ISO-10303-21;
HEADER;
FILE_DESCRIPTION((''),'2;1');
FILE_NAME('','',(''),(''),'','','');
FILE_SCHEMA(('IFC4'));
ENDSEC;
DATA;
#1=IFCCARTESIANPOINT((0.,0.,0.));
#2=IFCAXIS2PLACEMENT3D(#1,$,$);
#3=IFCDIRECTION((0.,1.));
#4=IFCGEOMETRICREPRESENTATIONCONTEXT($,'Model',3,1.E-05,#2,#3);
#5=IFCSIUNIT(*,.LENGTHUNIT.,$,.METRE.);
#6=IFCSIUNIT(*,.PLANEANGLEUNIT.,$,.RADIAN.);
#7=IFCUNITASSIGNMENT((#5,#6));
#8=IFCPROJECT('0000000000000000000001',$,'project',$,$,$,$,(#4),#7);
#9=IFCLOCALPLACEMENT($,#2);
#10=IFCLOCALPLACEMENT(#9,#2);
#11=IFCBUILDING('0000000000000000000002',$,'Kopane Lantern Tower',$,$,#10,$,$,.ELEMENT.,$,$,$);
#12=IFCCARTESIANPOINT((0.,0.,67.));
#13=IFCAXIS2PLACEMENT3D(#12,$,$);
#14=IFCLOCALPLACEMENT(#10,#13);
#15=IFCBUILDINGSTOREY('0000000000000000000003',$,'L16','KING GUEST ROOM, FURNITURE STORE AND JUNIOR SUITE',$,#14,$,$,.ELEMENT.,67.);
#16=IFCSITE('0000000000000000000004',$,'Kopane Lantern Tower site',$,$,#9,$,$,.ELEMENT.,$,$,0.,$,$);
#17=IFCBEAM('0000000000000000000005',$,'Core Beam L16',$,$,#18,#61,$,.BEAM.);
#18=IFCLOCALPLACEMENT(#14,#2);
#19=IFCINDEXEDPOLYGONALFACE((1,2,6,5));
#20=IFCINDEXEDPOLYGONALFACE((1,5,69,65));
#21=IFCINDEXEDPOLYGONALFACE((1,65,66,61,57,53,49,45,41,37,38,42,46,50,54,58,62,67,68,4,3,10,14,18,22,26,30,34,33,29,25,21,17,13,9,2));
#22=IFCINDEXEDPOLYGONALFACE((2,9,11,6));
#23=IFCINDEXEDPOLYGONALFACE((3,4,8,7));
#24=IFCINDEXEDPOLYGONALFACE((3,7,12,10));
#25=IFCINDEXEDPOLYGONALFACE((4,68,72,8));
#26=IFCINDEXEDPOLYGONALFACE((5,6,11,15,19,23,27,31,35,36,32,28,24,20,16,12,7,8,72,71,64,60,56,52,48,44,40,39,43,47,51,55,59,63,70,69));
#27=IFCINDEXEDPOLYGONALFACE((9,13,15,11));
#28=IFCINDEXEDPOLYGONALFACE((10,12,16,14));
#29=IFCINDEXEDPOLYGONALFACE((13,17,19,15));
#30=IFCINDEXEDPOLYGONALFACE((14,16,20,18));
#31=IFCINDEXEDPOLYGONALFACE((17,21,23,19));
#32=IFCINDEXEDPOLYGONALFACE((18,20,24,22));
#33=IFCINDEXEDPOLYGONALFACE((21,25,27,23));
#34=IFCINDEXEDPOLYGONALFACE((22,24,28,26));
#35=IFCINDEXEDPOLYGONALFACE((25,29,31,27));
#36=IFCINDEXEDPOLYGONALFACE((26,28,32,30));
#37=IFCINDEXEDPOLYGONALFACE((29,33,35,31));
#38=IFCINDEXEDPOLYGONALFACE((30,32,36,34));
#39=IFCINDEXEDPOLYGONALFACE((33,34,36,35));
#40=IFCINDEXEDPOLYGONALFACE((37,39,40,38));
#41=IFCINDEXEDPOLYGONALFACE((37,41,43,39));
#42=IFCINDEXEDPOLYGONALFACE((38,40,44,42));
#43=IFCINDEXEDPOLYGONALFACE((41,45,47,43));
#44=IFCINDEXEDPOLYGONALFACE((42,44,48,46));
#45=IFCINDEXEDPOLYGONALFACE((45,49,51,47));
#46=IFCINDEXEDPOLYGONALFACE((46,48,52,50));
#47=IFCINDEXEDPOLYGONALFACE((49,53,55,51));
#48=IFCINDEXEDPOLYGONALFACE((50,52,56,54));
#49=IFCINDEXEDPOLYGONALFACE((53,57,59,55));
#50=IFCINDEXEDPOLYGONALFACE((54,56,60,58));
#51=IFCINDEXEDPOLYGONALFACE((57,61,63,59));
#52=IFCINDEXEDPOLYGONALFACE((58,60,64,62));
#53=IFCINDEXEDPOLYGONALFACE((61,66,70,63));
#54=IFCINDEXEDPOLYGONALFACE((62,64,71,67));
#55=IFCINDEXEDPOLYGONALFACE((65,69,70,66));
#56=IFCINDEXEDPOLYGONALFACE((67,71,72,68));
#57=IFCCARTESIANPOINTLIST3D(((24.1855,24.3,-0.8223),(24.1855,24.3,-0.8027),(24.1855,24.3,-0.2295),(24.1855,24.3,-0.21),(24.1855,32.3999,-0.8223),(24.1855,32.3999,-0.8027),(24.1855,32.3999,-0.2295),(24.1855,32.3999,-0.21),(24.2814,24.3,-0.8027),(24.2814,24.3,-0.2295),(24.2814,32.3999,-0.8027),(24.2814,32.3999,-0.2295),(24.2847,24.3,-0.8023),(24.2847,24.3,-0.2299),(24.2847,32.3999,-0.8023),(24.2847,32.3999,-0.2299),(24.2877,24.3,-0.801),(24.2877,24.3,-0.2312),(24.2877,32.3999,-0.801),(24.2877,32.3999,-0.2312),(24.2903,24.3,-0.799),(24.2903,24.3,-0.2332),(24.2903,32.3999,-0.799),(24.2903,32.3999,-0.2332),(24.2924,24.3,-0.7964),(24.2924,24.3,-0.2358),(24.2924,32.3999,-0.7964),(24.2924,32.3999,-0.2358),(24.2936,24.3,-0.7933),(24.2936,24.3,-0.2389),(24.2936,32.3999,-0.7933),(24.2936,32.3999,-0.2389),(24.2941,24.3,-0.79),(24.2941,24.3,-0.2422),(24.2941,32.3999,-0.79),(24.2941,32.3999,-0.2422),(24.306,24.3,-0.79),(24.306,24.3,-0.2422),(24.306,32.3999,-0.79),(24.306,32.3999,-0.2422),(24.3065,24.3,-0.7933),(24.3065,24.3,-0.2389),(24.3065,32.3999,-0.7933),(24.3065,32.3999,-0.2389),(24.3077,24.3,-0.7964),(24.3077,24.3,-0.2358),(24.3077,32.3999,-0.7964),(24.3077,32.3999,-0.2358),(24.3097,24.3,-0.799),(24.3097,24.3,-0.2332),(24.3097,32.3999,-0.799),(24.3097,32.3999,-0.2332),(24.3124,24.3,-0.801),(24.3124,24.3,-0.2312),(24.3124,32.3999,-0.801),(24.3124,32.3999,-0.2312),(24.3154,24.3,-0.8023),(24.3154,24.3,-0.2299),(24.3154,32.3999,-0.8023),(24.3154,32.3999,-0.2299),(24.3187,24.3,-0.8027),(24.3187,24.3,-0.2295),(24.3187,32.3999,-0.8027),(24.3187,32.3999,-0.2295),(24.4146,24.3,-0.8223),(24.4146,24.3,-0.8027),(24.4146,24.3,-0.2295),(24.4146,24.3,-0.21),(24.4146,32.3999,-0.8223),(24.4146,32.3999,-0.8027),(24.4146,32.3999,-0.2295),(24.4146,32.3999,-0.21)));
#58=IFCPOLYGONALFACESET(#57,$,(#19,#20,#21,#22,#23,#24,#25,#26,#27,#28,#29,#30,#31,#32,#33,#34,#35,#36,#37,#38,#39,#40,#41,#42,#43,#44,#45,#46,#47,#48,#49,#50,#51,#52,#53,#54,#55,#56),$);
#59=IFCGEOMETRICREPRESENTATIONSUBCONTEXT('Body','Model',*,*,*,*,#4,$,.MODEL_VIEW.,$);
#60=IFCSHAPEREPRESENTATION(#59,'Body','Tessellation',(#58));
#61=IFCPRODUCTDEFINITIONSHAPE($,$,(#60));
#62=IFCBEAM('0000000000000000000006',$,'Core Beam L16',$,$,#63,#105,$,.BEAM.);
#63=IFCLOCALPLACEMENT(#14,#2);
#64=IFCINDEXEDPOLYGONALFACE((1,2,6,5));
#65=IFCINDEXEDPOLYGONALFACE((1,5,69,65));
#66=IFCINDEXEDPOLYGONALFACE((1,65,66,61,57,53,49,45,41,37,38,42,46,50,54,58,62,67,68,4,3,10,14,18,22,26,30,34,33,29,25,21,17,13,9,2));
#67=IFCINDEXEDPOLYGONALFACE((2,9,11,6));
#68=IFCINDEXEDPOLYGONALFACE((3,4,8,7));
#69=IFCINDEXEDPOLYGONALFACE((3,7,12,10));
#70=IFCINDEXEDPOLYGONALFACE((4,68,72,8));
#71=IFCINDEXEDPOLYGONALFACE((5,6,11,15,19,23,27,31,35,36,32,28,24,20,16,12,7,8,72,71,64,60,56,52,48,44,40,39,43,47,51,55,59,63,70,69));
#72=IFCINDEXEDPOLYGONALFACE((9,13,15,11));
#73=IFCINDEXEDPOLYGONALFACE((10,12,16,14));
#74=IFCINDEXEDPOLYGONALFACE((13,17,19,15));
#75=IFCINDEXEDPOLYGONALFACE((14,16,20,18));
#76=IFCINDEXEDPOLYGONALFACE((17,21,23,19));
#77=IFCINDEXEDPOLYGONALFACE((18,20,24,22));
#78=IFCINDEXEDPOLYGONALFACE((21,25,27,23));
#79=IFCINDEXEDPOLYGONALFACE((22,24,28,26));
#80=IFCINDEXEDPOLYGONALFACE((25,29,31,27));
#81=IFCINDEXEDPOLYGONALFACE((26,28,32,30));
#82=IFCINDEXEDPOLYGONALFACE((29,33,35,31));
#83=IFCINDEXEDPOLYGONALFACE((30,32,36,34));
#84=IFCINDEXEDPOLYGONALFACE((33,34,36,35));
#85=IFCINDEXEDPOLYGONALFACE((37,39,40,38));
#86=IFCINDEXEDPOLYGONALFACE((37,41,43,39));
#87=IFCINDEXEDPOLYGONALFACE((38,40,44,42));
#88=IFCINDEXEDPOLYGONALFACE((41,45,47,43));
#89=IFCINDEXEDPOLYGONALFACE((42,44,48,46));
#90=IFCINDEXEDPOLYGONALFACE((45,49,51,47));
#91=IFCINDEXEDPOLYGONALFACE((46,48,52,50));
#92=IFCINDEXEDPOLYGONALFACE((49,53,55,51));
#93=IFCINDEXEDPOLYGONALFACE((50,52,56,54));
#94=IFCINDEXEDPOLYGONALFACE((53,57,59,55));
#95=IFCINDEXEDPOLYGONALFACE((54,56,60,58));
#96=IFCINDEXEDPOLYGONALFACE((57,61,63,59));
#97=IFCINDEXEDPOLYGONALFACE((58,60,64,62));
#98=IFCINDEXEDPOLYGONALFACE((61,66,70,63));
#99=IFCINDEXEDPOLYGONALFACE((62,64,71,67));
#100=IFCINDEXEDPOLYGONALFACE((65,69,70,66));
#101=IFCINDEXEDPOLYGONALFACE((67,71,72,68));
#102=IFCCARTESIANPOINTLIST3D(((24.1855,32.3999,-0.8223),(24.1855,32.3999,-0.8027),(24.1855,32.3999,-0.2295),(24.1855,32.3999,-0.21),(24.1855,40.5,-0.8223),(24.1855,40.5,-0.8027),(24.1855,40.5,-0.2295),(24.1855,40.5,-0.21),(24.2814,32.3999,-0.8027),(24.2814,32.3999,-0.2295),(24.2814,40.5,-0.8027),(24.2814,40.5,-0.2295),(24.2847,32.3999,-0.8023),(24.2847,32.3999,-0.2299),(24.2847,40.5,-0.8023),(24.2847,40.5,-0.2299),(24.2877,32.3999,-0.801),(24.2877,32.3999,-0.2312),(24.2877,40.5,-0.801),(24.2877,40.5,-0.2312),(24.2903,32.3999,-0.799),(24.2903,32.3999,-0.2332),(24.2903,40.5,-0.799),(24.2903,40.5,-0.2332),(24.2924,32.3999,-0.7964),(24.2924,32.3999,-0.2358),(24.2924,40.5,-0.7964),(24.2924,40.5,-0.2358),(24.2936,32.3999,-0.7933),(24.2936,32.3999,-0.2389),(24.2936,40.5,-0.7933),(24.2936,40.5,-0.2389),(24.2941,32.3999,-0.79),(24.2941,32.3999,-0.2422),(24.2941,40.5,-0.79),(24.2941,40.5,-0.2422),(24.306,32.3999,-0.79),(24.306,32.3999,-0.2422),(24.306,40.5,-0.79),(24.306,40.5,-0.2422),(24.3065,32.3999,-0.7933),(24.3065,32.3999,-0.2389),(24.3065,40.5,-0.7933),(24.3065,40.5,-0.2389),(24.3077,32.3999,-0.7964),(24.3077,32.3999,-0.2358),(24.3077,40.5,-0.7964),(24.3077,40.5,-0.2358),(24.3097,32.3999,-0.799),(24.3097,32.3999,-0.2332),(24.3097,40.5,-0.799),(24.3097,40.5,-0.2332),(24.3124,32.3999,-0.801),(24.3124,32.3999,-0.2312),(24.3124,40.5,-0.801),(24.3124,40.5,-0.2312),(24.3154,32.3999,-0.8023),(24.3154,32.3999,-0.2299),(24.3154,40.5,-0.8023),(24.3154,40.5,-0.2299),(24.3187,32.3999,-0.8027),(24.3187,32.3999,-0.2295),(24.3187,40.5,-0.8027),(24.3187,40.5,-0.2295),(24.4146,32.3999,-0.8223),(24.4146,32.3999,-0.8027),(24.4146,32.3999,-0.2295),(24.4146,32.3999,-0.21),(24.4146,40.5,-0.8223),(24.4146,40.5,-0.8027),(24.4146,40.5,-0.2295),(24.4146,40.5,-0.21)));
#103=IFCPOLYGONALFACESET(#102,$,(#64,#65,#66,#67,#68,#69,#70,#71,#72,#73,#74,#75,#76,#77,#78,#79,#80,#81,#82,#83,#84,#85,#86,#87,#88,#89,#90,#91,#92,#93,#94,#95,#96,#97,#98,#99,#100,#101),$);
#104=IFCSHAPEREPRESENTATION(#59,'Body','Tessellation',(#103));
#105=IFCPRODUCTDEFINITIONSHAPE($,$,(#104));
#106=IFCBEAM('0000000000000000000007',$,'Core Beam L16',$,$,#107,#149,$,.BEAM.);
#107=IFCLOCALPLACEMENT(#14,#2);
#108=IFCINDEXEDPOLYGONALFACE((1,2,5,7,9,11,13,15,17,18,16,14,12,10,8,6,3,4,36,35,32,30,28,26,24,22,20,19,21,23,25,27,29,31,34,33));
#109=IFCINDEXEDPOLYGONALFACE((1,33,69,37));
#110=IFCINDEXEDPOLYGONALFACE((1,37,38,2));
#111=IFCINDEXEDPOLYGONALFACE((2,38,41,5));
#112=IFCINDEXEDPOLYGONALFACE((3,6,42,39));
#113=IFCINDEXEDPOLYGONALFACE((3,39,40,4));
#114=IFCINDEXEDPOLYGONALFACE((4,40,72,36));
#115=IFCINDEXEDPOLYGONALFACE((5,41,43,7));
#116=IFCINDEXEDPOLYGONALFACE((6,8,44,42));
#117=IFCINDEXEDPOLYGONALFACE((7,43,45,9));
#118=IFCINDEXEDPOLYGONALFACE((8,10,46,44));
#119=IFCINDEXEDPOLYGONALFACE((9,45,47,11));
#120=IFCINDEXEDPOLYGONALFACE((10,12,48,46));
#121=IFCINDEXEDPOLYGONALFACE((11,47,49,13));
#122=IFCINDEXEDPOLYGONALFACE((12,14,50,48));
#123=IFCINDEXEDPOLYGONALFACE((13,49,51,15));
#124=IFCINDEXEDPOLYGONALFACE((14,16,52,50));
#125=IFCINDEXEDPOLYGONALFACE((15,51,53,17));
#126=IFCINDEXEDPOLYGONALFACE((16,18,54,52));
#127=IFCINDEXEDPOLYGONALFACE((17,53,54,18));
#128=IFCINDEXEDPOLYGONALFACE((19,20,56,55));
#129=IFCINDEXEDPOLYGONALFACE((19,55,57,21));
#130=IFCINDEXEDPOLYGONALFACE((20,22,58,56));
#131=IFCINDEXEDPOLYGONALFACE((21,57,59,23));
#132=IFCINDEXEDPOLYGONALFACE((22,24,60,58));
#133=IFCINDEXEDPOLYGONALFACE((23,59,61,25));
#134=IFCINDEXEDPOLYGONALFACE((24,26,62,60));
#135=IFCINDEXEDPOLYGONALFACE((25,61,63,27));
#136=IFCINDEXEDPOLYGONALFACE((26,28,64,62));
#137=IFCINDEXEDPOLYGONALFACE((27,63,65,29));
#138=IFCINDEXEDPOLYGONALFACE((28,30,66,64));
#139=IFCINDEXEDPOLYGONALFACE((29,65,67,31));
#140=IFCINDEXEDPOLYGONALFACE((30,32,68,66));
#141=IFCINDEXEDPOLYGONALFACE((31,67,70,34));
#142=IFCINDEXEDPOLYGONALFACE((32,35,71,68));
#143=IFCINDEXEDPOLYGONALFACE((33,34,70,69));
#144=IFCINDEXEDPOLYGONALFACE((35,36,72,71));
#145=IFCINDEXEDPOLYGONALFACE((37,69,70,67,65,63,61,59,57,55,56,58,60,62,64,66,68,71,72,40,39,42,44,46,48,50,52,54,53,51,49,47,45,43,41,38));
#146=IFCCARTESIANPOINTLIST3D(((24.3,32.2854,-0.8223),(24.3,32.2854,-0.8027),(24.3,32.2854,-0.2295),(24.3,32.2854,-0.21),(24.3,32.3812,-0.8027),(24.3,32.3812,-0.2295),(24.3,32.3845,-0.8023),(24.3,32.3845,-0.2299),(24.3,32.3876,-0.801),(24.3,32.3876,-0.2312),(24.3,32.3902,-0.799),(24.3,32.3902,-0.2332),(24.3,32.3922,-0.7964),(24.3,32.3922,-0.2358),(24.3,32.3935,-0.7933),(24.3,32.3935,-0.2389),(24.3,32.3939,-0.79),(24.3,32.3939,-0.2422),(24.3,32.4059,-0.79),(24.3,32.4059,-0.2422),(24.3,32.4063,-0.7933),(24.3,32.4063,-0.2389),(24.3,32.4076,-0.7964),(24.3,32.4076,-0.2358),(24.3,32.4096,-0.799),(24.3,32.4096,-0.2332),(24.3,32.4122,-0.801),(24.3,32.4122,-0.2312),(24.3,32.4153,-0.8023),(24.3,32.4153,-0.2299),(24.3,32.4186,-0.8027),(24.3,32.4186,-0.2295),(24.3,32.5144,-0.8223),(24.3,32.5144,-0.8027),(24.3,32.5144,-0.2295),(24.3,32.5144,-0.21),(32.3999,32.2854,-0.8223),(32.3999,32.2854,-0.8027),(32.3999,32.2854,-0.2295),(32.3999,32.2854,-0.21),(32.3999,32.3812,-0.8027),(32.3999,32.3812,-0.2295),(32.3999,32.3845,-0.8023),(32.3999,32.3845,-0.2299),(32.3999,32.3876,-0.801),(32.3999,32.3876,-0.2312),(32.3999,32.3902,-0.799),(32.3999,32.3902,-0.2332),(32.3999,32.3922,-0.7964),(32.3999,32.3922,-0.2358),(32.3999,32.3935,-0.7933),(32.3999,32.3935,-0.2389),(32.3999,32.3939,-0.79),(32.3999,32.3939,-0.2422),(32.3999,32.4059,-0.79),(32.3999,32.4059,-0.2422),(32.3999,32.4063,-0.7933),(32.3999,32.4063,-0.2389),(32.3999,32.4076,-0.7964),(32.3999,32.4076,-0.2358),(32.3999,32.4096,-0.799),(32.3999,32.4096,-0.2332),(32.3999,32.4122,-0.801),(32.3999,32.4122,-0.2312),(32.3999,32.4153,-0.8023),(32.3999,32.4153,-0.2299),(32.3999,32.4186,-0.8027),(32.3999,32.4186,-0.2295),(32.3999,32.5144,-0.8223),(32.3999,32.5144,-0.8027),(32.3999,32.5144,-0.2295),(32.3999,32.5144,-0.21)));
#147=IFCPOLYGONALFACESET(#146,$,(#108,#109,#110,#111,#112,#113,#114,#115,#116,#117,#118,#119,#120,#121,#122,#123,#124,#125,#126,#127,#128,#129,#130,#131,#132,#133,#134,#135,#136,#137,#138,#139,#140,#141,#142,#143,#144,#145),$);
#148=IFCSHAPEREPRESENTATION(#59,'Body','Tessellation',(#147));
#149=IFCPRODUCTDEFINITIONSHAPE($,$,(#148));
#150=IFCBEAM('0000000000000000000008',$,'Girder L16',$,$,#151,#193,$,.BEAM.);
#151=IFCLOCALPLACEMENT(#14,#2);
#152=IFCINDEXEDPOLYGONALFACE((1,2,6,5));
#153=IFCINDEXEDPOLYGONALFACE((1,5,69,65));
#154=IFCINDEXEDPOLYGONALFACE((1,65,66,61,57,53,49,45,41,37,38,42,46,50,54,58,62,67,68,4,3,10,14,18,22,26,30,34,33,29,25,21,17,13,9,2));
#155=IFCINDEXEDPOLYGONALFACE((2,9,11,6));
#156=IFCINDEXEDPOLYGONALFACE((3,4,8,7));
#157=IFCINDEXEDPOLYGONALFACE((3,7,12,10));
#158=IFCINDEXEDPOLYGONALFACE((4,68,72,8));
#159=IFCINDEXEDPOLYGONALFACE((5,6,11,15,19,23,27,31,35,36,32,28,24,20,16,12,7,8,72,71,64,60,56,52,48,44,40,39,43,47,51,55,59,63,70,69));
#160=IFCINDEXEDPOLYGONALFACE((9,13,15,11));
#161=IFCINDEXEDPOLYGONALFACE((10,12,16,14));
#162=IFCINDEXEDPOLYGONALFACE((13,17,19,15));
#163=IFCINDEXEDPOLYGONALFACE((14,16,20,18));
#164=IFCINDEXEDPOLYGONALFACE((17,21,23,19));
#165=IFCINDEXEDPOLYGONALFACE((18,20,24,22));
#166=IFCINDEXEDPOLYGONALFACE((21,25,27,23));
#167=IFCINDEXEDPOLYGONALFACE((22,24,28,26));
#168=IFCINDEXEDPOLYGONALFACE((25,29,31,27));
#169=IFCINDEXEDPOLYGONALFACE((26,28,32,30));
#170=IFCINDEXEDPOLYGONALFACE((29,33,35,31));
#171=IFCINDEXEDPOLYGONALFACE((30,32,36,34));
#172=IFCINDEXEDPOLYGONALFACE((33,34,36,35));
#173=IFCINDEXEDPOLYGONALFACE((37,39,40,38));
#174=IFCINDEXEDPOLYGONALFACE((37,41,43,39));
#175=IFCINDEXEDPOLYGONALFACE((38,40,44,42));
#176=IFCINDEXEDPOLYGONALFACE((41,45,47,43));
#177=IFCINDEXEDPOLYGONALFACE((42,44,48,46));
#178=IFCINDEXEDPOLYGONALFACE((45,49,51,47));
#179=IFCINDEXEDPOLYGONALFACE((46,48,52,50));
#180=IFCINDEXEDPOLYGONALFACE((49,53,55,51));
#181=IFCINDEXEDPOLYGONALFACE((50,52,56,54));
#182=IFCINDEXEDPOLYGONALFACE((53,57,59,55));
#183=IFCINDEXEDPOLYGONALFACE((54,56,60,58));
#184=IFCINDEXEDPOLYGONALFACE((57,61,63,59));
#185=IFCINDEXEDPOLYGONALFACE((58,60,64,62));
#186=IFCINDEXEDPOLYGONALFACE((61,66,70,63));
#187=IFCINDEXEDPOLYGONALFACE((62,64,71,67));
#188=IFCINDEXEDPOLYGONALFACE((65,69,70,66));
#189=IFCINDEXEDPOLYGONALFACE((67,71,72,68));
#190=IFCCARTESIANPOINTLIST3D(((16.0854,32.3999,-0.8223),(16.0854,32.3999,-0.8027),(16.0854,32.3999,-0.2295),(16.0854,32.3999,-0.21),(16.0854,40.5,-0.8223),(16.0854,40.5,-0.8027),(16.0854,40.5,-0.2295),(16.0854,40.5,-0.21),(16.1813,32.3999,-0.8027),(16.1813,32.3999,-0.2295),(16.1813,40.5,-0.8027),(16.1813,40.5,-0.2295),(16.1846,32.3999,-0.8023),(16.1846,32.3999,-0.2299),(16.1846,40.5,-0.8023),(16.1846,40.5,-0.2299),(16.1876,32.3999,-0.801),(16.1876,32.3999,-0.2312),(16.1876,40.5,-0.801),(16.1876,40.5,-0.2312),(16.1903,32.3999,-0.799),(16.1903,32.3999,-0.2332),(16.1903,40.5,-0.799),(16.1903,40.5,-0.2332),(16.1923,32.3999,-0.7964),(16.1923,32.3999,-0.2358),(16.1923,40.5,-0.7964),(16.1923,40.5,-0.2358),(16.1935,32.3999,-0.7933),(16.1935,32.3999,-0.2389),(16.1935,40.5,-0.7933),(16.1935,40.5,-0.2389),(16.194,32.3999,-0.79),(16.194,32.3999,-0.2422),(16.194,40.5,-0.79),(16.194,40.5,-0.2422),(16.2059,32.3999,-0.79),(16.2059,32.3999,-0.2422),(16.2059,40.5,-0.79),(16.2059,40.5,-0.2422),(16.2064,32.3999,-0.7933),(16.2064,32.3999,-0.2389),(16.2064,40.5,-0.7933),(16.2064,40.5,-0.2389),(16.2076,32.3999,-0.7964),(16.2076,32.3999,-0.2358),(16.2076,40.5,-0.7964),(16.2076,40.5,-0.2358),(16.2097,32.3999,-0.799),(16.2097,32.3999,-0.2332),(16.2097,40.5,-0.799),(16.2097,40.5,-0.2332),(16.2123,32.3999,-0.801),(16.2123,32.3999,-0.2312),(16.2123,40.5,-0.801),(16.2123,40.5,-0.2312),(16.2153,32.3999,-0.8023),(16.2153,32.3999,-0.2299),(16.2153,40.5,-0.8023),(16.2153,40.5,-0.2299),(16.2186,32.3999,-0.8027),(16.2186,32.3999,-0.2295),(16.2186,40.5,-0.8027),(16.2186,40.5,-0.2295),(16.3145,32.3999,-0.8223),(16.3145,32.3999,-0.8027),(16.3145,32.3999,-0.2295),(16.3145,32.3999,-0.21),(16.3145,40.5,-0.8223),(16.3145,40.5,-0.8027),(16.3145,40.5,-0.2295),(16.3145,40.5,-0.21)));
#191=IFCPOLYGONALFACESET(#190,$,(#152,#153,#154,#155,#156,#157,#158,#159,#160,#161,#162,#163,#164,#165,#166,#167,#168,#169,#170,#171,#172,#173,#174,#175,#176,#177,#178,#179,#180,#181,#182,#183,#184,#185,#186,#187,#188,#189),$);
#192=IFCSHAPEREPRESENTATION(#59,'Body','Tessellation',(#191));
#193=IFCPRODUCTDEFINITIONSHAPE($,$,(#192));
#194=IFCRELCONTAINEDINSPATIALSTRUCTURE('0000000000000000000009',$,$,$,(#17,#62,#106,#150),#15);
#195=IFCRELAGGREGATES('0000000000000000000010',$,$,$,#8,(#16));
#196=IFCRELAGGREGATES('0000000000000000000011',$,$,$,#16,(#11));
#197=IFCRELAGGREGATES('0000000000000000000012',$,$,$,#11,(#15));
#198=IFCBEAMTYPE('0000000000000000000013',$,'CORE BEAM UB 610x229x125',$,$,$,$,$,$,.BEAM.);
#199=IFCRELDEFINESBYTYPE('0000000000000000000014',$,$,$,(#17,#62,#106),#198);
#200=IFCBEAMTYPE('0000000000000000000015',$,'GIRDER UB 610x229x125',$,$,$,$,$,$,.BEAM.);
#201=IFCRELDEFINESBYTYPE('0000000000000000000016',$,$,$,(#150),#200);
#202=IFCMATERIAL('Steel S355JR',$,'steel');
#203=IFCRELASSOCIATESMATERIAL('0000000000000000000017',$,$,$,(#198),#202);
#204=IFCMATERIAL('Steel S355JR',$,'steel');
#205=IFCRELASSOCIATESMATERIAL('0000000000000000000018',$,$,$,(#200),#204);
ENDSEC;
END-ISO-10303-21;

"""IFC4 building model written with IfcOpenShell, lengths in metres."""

from ifc_helpers import new_model, si_unit, direction, frame, origin, origin_2d, place, context, subcontext, project, spatial, i_section, extrude, material, material_profile, profile_set, type_object, element, save


model = new_model("IFC4")

# Units and contexts
model_context = context("Model", 3, precision=1e-05, world=origin(), true_north=direction((0.0, 1.0)))
body_context = subcontext(model_context, "Body", "Model", "MODEL_VIEW")
ifc_project = project(units=[si_unit("LENGTHUNIT", "METRE"), si_unit("PLANEANGLEUNIT", "RADIAN")], contexts=[model_context])

# Site, building, storey
site_placement = place(None, origin())
site = spatial("IfcSite", under=ifc_project, at=site_placement, Name="Kopane Lantern Tower site", CompositionType="ELEMENT", RefElevation=0.0)
building_placement = place(site_placement, origin())
building = spatial("IfcBuilding", under=site, at=building_placement, Name="Kopane Lantern Tower", CompositionType="ELEMENT")
storey_placement = place(building_placement, frame((0.0, 0.0, 67.0)))
storey = spatial("IfcBuildingStorey", under=building, at=storey_placement, Name="L16", Description="KING GUEST ROOM, FURNITURE STORE AND JUNIOR SUITE", CompositionType="ELEMENT", Elevation=67.0)

# Beams
ifc_material_1 = material(Name="Steel S355JR", Category="steel")
ifc_material_profile_1 = material_profile(ifc_material_1, i_section(OverallWidth=0.229, OverallDepth=0.6123, WebThickness=0.012, FlangeThickness=0.0195, FilletRadius=0.0127, at=origin_2d()), Name="UB 610x229x125")
ifc_profile_set_1 = profile_set([ifc_material_profile_1], Name="Steel S355JR")
beam_type_1 = type_object("IfcBeamType", Name="CORE BEAM UB 610x229x125", PredefinedType="BEAM", material=ifc_profile_set_1)
beam_1_placement = place(storey_placement, frame((24.3, 24.3, -0.5161), z_axis=(0.0, 1.0, 0.0), x_axis=(-1.0, 0.0, 0.0)))
element("IfcBeam", 1, at=beam_1_placement, inside=storey, type_object=beam_type_1, Name="Core Beam L16", PredefinedType="BEAM", context=body_context, shape_type="SweptSolid", body=[
    extrude(i_section(OverallWidth=0.229, OverallDepth=0.6123, WebThickness=0.012, FlangeThickness=0.0195, FilletRadius=0.0127, at=origin_2d()), origin(), (0.0, 0.0, 1.0), 8.0999),
])
beam_2_placement = place(storey_placement, frame((24.3, 32.3999, -0.5161), z_axis=(0.0, 1.0, 0.0), x_axis=(-1.0, 0.0, 0.0)))
element("IfcBeam", 2, at=beam_2_placement, inside=storey, type_object=beam_type_1, Name="Core Beam L16", PredefinedType="BEAM", context=body_context, shape_type="SweptSolid", body=[
    extrude(i_section(OverallWidth=0.229, OverallDepth=0.6123, WebThickness=0.012, FlangeThickness=0.0195, FilletRadius=0.0127, at=origin_2d()), origin(), (0.0, 0.0, 1.0), 8.1001),
])
beam_3_placement = place(storey_placement, frame((24.3, 32.3999, -0.5161), z_axis=(1.0, 0.0, 0.0), x_axis=(0.0, 1.0, 0.0)))
element("IfcBeam", 3, at=beam_3_placement, inside=storey, type_object=beam_type_1, Name="Core Beam L16", PredefinedType="BEAM", context=body_context, shape_type="SweptSolid", body=[
    extrude(i_section(OverallWidth=0.229, OverallDepth=0.6123, WebThickness=0.012, FlangeThickness=0.0195, FilletRadius=0.0127, at=origin_2d()), origin(), (0.0, 0.0, 1.0), 8.0999),
])
ifc_material_2 = material(Name="Steel S355JR", Category="steel")
ifc_material_profile_2 = material_profile(ifc_material_2, i_section(OverallWidth=0.229, OverallDepth=0.6123, WebThickness=0.012, FlangeThickness=0.0195, FilletRadius=0.0127, at=origin_2d()), Name="UB 610x229x125")
ifc_profile_set_2 = profile_set([ifc_material_profile_2], Name="Steel S355JR")
beam_type_2 = type_object("IfcBeamType", Name="GIRDER UB 610x229x125", PredefinedType="BEAM", material=ifc_profile_set_2)
beam_4_placement = place(storey_placement, frame((16.2, 32.3999, -0.5161), z_axis=(0.0, 1.0, 0.0), x_axis=(-1.0, 0.0, 0.0)))
element("IfcBeam", 4, at=beam_4_placement, inside=storey, type_object=beam_type_2, Name="Girder L16", PredefinedType="BEAM", context=body_context, shape_type="SweptSolid", body=[
    extrude(i_section(OverallWidth=0.229, OverallDepth=0.6123, WebThickness=0.012, FlangeThickness=0.0195, FilletRadius=0.0127, at=origin_2d()), origin(), (0.0, 0.0, 1.0), 8.1001),
])

save(model, "model.ifc")
